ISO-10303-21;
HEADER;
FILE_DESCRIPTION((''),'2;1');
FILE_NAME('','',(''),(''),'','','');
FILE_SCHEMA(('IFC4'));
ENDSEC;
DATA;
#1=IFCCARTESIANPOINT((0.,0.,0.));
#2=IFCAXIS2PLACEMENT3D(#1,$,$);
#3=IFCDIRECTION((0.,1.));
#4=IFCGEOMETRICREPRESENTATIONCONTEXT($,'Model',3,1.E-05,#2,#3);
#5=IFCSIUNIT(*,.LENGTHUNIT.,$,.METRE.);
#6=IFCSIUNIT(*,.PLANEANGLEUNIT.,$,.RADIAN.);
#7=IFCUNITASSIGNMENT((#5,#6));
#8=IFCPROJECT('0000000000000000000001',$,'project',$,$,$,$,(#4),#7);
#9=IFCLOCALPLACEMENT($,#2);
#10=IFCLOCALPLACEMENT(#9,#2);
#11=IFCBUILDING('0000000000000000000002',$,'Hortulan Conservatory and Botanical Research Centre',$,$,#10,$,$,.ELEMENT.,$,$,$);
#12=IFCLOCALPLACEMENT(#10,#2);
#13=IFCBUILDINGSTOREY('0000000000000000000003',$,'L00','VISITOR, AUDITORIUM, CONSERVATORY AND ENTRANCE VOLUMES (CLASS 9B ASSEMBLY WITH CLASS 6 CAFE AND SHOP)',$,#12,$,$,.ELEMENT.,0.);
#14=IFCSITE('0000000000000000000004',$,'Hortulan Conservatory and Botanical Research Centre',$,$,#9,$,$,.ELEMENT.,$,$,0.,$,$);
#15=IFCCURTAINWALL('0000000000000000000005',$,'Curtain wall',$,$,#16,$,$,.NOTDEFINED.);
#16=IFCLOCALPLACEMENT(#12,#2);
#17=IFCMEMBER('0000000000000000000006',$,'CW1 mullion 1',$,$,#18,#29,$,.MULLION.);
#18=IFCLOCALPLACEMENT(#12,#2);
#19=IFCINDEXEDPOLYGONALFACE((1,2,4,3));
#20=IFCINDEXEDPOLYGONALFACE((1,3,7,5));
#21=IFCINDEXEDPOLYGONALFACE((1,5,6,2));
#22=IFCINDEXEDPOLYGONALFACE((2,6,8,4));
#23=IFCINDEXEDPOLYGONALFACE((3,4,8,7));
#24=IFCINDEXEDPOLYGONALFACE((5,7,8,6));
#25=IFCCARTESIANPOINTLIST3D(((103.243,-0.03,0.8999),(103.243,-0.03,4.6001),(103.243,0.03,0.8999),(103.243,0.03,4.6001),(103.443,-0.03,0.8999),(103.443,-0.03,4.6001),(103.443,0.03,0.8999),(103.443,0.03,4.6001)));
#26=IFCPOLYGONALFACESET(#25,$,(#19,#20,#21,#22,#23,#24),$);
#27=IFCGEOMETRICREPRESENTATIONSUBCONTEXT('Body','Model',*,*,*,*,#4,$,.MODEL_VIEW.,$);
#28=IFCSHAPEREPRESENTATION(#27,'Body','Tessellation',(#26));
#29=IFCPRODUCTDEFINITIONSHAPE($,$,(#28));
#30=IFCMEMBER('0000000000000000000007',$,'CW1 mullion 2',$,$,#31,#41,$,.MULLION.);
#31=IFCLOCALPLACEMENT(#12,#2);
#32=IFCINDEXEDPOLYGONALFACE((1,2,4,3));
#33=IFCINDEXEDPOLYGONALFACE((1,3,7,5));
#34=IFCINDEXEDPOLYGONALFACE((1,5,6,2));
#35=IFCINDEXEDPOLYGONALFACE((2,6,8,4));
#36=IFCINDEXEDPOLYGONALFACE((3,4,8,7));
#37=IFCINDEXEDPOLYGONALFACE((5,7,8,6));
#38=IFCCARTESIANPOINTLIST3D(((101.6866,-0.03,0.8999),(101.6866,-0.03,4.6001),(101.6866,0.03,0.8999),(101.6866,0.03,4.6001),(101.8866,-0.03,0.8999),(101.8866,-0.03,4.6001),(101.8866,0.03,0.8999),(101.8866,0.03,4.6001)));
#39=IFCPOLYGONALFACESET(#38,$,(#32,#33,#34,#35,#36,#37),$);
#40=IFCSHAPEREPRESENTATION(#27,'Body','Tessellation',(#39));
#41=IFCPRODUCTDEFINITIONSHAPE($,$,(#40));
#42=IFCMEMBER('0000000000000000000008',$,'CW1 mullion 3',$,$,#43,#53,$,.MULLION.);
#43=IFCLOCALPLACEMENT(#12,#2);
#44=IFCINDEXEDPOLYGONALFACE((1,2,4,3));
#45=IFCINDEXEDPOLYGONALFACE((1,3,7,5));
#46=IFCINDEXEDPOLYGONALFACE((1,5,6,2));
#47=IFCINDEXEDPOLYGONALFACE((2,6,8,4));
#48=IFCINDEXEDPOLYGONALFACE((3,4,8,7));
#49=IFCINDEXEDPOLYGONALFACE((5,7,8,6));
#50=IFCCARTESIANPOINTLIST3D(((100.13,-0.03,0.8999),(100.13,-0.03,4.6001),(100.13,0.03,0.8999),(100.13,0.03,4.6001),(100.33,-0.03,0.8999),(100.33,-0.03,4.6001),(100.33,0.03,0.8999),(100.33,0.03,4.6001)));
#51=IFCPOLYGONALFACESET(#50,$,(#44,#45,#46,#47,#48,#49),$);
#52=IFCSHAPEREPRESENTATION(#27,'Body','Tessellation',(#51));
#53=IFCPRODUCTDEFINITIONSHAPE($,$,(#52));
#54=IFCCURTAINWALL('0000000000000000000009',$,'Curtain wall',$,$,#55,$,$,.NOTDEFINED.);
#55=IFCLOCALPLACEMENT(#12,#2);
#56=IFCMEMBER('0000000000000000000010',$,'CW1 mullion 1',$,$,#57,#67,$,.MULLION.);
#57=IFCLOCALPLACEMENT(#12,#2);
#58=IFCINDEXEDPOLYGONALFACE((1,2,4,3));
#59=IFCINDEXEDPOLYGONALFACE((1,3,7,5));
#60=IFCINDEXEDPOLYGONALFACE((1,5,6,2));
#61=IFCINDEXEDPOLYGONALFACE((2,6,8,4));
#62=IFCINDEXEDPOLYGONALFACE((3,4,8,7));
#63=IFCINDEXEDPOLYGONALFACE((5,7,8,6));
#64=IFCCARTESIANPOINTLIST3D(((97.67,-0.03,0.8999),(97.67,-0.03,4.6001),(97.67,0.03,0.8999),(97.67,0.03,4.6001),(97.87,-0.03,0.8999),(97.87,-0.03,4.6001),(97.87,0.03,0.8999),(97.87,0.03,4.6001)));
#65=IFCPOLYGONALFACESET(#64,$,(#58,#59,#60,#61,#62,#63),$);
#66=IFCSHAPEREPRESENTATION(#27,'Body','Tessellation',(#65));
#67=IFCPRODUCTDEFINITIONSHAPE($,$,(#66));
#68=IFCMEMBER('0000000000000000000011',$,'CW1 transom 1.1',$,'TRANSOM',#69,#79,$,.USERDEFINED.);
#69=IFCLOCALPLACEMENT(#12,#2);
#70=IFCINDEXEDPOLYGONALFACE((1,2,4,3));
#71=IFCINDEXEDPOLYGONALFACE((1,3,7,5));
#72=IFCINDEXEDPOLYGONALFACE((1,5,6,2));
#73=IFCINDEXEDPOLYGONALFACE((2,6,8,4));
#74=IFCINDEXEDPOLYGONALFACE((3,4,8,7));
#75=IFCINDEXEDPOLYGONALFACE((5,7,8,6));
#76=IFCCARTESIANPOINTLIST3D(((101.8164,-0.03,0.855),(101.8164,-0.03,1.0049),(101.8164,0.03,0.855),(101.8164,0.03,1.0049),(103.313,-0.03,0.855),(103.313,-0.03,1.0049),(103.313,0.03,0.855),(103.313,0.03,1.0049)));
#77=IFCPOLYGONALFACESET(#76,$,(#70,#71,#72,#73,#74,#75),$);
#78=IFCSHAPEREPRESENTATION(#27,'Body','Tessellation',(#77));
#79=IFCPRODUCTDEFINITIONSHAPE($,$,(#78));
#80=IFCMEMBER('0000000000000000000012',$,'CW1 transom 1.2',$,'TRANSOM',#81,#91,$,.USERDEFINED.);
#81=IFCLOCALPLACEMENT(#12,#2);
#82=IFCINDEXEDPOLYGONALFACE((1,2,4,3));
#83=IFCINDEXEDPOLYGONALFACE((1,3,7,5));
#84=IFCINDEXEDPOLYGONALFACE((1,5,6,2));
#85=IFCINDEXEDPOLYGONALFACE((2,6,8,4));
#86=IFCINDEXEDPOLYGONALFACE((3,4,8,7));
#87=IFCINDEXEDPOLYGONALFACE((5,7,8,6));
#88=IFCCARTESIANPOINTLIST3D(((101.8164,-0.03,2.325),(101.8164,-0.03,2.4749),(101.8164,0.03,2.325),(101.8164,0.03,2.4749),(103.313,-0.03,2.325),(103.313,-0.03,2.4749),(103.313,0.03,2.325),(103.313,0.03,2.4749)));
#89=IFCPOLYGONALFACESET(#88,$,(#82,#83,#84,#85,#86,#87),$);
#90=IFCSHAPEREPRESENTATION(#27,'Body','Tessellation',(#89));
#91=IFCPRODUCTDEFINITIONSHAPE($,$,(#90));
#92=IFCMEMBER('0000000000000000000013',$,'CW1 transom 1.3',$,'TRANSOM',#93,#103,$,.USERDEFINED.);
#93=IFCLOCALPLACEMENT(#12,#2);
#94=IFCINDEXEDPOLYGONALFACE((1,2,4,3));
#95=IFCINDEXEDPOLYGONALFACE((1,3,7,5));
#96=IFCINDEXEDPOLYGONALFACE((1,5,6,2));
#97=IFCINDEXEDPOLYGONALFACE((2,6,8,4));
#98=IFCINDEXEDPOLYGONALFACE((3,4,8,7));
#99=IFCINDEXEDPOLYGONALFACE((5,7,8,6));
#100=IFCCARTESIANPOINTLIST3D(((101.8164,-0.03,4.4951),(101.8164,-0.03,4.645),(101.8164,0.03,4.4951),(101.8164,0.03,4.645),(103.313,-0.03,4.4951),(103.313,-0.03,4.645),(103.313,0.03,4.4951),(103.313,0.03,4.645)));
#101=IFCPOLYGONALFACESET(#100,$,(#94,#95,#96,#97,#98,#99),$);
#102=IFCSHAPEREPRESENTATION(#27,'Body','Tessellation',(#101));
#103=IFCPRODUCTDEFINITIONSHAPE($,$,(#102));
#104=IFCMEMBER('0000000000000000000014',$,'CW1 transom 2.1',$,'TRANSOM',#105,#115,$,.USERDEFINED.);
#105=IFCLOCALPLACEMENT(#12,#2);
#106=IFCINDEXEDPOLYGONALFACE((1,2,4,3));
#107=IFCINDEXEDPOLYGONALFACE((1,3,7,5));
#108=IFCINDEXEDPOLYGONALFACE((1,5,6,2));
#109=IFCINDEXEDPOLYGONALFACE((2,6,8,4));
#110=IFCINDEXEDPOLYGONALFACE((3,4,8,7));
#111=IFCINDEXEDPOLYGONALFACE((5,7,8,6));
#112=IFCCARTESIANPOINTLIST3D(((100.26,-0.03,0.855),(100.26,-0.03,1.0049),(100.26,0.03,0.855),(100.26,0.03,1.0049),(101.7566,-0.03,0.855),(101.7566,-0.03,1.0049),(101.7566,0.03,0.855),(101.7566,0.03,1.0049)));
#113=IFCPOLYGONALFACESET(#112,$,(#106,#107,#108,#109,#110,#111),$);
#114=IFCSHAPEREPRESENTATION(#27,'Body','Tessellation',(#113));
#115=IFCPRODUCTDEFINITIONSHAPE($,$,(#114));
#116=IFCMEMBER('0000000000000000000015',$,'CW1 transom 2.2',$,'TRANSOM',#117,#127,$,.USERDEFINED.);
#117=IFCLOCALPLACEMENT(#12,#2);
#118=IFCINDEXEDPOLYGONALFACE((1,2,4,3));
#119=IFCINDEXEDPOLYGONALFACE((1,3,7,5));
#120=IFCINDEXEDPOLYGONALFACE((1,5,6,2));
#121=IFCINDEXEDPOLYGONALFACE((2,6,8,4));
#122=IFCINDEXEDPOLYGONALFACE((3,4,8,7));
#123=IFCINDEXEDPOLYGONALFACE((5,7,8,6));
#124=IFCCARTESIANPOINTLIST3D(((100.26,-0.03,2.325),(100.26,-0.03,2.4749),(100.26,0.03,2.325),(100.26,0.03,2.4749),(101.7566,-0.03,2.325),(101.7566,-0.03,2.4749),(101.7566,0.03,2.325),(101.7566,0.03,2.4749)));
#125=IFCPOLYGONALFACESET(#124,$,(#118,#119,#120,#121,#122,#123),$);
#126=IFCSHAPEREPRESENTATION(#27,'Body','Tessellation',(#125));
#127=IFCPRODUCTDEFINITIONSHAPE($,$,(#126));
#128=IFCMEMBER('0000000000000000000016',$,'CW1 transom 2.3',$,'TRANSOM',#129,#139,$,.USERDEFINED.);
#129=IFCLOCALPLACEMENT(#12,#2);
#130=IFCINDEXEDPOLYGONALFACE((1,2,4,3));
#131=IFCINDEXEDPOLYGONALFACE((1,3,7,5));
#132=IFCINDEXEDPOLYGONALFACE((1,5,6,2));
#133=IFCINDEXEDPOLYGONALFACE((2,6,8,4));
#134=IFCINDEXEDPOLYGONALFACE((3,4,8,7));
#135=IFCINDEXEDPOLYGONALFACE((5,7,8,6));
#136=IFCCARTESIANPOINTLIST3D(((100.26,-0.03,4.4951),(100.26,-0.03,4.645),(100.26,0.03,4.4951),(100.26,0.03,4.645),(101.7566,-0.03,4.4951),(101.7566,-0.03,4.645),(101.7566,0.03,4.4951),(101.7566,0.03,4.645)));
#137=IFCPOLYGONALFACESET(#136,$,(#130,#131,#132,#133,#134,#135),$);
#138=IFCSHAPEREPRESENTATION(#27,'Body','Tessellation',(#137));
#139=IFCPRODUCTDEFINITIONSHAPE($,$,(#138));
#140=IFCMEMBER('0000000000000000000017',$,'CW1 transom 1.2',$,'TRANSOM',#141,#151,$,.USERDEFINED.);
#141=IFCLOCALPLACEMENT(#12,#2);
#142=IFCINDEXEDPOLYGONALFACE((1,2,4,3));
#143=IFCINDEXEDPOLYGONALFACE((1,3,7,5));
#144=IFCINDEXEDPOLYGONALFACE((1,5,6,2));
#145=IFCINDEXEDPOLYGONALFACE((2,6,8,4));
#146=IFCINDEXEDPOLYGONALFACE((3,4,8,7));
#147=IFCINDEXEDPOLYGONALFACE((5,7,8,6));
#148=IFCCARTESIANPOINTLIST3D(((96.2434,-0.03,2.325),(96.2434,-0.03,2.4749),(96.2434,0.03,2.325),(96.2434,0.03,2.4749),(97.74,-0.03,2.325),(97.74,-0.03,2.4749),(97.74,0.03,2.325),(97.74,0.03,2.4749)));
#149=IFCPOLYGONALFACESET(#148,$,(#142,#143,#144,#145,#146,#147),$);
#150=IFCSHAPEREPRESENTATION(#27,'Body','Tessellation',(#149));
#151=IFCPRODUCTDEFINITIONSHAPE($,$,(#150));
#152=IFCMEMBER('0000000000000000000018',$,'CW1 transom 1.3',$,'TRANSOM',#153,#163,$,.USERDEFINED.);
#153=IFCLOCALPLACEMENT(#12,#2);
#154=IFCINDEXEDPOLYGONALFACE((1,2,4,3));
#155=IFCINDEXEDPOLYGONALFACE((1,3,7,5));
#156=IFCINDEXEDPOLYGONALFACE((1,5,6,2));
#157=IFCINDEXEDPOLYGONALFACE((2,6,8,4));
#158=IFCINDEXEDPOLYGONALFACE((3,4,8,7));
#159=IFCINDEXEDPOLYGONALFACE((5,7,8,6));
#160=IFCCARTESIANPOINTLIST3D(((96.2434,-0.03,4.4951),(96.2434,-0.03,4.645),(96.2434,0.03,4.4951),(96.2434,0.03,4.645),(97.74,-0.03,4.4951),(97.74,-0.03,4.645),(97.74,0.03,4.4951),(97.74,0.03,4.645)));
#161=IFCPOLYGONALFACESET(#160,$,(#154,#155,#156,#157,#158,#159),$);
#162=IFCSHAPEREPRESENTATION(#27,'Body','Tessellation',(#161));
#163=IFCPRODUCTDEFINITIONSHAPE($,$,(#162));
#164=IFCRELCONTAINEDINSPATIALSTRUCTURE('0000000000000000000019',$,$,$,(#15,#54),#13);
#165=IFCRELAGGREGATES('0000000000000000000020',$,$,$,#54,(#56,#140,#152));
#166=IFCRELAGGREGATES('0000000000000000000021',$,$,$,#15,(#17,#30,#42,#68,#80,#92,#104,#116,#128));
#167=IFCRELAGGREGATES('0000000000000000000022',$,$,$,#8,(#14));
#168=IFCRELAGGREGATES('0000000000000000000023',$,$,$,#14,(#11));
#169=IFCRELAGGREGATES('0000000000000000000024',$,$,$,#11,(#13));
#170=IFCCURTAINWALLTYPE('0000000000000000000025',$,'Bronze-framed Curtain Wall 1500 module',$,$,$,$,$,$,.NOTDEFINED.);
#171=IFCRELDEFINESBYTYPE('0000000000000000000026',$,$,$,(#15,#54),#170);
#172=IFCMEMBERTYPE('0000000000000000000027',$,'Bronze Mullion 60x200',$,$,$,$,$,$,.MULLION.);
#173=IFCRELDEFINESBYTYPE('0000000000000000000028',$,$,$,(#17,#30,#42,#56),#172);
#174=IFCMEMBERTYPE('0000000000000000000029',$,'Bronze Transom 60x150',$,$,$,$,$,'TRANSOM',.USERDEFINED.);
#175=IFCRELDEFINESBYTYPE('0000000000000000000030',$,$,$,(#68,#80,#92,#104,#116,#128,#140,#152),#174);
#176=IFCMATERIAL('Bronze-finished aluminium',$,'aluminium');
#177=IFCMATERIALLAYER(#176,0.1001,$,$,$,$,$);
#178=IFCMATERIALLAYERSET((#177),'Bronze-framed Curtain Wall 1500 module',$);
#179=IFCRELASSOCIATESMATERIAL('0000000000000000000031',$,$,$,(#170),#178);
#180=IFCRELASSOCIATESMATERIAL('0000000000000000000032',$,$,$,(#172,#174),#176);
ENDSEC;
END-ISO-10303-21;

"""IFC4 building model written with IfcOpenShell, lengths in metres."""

from ifc_helpers import new_model, si_unit, direction, frame, origin, origin_2d, place, context, subcontext, project, spatial, rectangle, extrude, material, layer, layer_set, material_profile, profile_set, type_object, element, aggregate, save


model = new_model("IFC4")

# Units and contexts
model_context = context("Model", 3, precision=1e-05, world=origin(), true_north=direction((0.0, 1.0)))
body_context = subcontext(model_context, "Body", "Model", "MODEL_VIEW")
ifc_project = project(units=[si_unit("LENGTHUNIT", "METRE"), si_unit("PLANEANGLEUNIT", "RADIAN")], contexts=[model_context])

# Site, building, storey
site_placement = place(None, origin())
site = spatial("IfcSite", under=ifc_project, at=site_placement, Name="Hortulan Conservatory and Botanical Research Centre", CompositionType="ELEMENT", RefElevation=0.0)
building_placement = place(site_placement, origin())
building = spatial("IfcBuilding", under=site, at=building_placement, Name="Hortulan Conservatory and Botanical Research Centre", CompositionType="ELEMENT")
storey_placement = place(building_placement, origin())
storey = spatial("IfcBuildingStorey", under=building, at=storey_placement, Name="L00", Description="VISITOR, AUDITORIUM, CONSERVATORY AND ENTRANCE VOLUMES (CLASS 9B ASSEMBLY WITH CLASS 6 CAFE AND SHOP)", CompositionType="ELEMENT", Elevation=0.0)

# Curtain wall, members
ifc_material_1 = material(Name="Bronze-finished aluminium", Category="aluminium")
ifc_layer_1 = layer(ifc_material_1, 0.1001)
ifc_layer_set_1 = layer_set([ifc_layer_1], Name="Bronze-framed Curtain Wall 1500 module")
curtain_wall_type = type_object("IfcCurtainWallType", Name="Bronze-framed Curtain Wall 1500 module", PredefinedType="NOTDEFINED", material=ifc_layer_set_1)
curtain_wall_1_placement = place(storey_placement, origin())
curtain_wall_1 = element("IfcCurtainWall", 1, at=curtain_wall_1_placement, inside=storey, type_object=curtain_wall_type, Name="Curtain wall", PredefinedType="NOTDEFINED")
ifc_material_profile_1 = material_profile(ifc_material_1, rectangle(XDim=0.0601, YDim=0.2, at=origin_2d()), Name="Bronze Mullion 60x200")
ifc_profile_set_1 = profile_set([ifc_material_profile_1], Name="Bronze-finished aluminium")
member_type_1 = type_object("IfcMemberType", Name="Bronze Mullion 60x200", PredefinedType="MULLION", material=ifc_profile_set_1)
member_1_placement = place(storey_placement, frame((103.343, 0.0, 0.8999), z_axis=(0.0, 0.0, 1.0), x_axis=(0.0, -1.0, 0.0)))
member_1 = element("IfcMember", 2, at=member_1_placement, type_object=member_type_1, Name="CW1 mullion 1", PredefinedType="MULLION", context=body_context, shape_type="SweptSolid", body=[
    extrude(rectangle(XDim=0.0601, YDim=0.2, at=origin_2d()), origin(), (0.0, 0.0, 1.0), 3.7002),
])
member_2_placement = place(storey_placement, frame((101.7866, 0.0, 0.8999), z_axis=(0.0, 0.0, 1.0), x_axis=(0.0, -1.0, 0.0)))
member_2 = element("IfcMember", 3, at=member_2_placement, type_object=member_type_1, Name="CW1 mullion 2", PredefinedType="MULLION", context=body_context, shape_type="SweptSolid", body=[
    extrude(rectangle(XDim=0.0601, YDim=0.2, at=origin_2d()), origin(), (0.0, 0.0, 1.0), 3.7002),
])
member_3_placement = place(storey_placement, frame((100.23, 0.0, 0.8999), z_axis=(0.0, 0.0, 1.0), x_axis=(0.0, -1.0, 0.0)))
member_3 = element("IfcMember", 4, at=member_3_placement, type_object=member_type_1, Name="CW1 mullion 3", PredefinedType="MULLION", context=body_context, shape_type="SweptSolid", body=[
    extrude(rectangle(XDim=0.0601, YDim=0.2, at=origin_2d()), origin(), (0.0, 0.0, 1.0), 3.7002),
])

# Curtain wall, member
curtain_wall_2_placement = place(storey_placement, origin())
curtain_wall_2 = element("IfcCurtainWall", 5, at=curtain_wall_2_placement, inside=storey, type_object=curtain_wall_type, Name="Curtain wall", PredefinedType="NOTDEFINED")
member_4_placement = place(storey_placement, frame((97.77, 0.0, 0.8999), z_axis=(0.0, 0.0, 1.0), x_axis=(0.0, -1.0, 0.0)))
member_4 = element("IfcMember", 6, at=member_4_placement, type_object=member_type_1, Name="CW1 mullion 1", PredefinedType="MULLION", context=body_context, shape_type="SweptSolid", body=[
    extrude(rectangle(XDim=0.0601, YDim=0.2, at=origin_2d()), origin(), (0.0, 0.0, 1.0), 3.7002),
])

# Members
ifc_material_profile_2 = material_profile(ifc_material_1, rectangle(XDim=0.0601, YDim=0.1499, at=origin_2d()), Name="Bronze Transom 60x150")
ifc_profile_set_2 = profile_set([ifc_material_profile_2], Name="Bronze-finished aluminium")
member_type_2 = type_object("IfcMemberType", Name="Bronze Transom 60x150", ElementType="TRANSOM", PredefinedType="USERDEFINED", material=ifc_profile_set_2)
member_5_placement = place(storey_placement, frame((103.313, 0.0, 0.9299), z_axis=(-1.0, 0.0, 0.0), x_axis=(0.0, -1.0, 0.0)))
member_5 = element("IfcMember", 7, at=member_5_placement, type_object=member_type_2, Name="CW1 transom 1.1", ObjectType="TRANSOM", PredefinedType="USERDEFINED", context=body_context, shape_type="SweptSolid", body=[
    extrude(rectangle(XDim=0.0601, YDim=0.1499, at=origin_2d()), origin(), (0.0, 0.0, 1.0), 1.4966),
])
member_6_placement = place(storey_placement, frame((103.313, 0.0, 2.3999), z_axis=(-1.0, 0.0, 0.0), x_axis=(0.0, -1.0, 0.0)))
member_6 = element("IfcMember", 8, at=member_6_placement, type_object=member_type_2, Name="CW1 transom 1.2", ObjectType="TRANSOM", PredefinedType="USERDEFINED", context=body_context, shape_type="SweptSolid", body=[
    extrude(rectangle(XDim=0.0601, YDim=0.1499, at=origin_2d()), origin(), (0.0, 0.0, 1.0), 1.4966),
])
member_7_placement = place(storey_placement, frame((103.313, 0.0, 4.5701), z_axis=(-1.0, 0.0, 0.0), x_axis=(0.0, -1.0, 0.0)))
member_7 = element("IfcMember", 9, at=member_7_placement, type_object=member_type_2, Name="CW1 transom 1.3", ObjectType="TRANSOM", PredefinedType="USERDEFINED", context=body_context, shape_type="SweptSolid", body=[
    extrude(rectangle(XDim=0.0601, YDim=0.1499, at=origin_2d()), origin(), (0.0, 0.0, 1.0), 1.4966),
])
member_8_placement = place(storey_placement, frame((101.7566, 0.0, 0.9299), z_axis=(-1.0, 0.0, 0.0), x_axis=(0.0, -1.0, 0.0)))
member_8 = element("IfcMember", 10, at=member_8_placement, type_object=member_type_2, Name="CW1 transom 2.1", ObjectType="TRANSOM", PredefinedType="USERDEFINED", context=body_context, shape_type="SweptSolid", body=[
    extrude(rectangle(XDim=0.0601, YDim=0.1499, at=origin_2d()), origin(), (0.0, 0.0, 1.0), 1.4966),
])
member_9_placement = place(storey_placement, frame((101.7566, 0.0, 2.3999), z_axis=(-1.0, 0.0, 0.0), x_axis=(0.0, -1.0, 0.0)))
member_9 = element("IfcMember", 11, at=member_9_placement, type_object=member_type_2, Name="CW1 transom 2.2", ObjectType="TRANSOM", PredefinedType="USERDEFINED", context=body_context, shape_type="SweptSolid", body=[
    extrude(rectangle(XDim=0.0601, YDim=0.1499, at=origin_2d()), origin(), (0.0, 0.0, 1.0), 1.4966),
])
member_10_placement = place(storey_placement, frame((101.7566, 0.0, 4.5701), z_axis=(-1.0, 0.0, 0.0), x_axis=(0.0, -1.0, 0.0)))
member_10 = element("IfcMember", 12, at=member_10_placement, type_object=member_type_2, Name="CW1 transom 2.3", ObjectType="TRANSOM", PredefinedType="USERDEFINED", context=body_context, shape_type="SweptSolid", body=[
    extrude(rectangle(XDim=0.0601, YDim=0.1499, at=origin_2d()), origin(), (0.0, 0.0, 1.0), 1.4966),
])
member_11_placement = place(storey_placement, frame((97.74, 0.0, 2.3999), z_axis=(-1.0, 0.0, 0.0), x_axis=(0.0, -1.0, 0.0)))
member_11 = element("IfcMember", 13, at=member_11_placement, type_object=member_type_2, Name="CW1 transom 1.2", ObjectType="TRANSOM", PredefinedType="USERDEFINED", context=body_context, shape_type="SweptSolid", body=[
    extrude(rectangle(XDim=0.0601, YDim=0.1499, at=origin_2d()), origin(), (0.0, 0.0, 1.0), 1.4966),
])
member_12_placement = place(storey_placement, frame((97.74, 0.0, 4.5701), z_axis=(-1.0, 0.0, 0.0), x_axis=(0.0, -1.0, 0.0)))
member_12 = element("IfcMember", 14, at=member_12_placement, type_object=member_type_2, Name="CW1 transom 1.3", ObjectType="TRANSOM", PredefinedType="USERDEFINED", context=body_context, shape_type="SweptSolid", body=[
    extrude(rectangle(XDim=0.0601, YDim=0.1499, at=origin_2d()), origin(), (0.0, 0.0, 1.0), 1.4966),
])
aggregate(curtain_wall_2, [member_4, member_11, member_12])

aggregate(curtain_wall_1, [member_1, member_2, member_3, member_5, member_6, member_7, member_8, member_9, member_10])

save(model, "model.ifc")
